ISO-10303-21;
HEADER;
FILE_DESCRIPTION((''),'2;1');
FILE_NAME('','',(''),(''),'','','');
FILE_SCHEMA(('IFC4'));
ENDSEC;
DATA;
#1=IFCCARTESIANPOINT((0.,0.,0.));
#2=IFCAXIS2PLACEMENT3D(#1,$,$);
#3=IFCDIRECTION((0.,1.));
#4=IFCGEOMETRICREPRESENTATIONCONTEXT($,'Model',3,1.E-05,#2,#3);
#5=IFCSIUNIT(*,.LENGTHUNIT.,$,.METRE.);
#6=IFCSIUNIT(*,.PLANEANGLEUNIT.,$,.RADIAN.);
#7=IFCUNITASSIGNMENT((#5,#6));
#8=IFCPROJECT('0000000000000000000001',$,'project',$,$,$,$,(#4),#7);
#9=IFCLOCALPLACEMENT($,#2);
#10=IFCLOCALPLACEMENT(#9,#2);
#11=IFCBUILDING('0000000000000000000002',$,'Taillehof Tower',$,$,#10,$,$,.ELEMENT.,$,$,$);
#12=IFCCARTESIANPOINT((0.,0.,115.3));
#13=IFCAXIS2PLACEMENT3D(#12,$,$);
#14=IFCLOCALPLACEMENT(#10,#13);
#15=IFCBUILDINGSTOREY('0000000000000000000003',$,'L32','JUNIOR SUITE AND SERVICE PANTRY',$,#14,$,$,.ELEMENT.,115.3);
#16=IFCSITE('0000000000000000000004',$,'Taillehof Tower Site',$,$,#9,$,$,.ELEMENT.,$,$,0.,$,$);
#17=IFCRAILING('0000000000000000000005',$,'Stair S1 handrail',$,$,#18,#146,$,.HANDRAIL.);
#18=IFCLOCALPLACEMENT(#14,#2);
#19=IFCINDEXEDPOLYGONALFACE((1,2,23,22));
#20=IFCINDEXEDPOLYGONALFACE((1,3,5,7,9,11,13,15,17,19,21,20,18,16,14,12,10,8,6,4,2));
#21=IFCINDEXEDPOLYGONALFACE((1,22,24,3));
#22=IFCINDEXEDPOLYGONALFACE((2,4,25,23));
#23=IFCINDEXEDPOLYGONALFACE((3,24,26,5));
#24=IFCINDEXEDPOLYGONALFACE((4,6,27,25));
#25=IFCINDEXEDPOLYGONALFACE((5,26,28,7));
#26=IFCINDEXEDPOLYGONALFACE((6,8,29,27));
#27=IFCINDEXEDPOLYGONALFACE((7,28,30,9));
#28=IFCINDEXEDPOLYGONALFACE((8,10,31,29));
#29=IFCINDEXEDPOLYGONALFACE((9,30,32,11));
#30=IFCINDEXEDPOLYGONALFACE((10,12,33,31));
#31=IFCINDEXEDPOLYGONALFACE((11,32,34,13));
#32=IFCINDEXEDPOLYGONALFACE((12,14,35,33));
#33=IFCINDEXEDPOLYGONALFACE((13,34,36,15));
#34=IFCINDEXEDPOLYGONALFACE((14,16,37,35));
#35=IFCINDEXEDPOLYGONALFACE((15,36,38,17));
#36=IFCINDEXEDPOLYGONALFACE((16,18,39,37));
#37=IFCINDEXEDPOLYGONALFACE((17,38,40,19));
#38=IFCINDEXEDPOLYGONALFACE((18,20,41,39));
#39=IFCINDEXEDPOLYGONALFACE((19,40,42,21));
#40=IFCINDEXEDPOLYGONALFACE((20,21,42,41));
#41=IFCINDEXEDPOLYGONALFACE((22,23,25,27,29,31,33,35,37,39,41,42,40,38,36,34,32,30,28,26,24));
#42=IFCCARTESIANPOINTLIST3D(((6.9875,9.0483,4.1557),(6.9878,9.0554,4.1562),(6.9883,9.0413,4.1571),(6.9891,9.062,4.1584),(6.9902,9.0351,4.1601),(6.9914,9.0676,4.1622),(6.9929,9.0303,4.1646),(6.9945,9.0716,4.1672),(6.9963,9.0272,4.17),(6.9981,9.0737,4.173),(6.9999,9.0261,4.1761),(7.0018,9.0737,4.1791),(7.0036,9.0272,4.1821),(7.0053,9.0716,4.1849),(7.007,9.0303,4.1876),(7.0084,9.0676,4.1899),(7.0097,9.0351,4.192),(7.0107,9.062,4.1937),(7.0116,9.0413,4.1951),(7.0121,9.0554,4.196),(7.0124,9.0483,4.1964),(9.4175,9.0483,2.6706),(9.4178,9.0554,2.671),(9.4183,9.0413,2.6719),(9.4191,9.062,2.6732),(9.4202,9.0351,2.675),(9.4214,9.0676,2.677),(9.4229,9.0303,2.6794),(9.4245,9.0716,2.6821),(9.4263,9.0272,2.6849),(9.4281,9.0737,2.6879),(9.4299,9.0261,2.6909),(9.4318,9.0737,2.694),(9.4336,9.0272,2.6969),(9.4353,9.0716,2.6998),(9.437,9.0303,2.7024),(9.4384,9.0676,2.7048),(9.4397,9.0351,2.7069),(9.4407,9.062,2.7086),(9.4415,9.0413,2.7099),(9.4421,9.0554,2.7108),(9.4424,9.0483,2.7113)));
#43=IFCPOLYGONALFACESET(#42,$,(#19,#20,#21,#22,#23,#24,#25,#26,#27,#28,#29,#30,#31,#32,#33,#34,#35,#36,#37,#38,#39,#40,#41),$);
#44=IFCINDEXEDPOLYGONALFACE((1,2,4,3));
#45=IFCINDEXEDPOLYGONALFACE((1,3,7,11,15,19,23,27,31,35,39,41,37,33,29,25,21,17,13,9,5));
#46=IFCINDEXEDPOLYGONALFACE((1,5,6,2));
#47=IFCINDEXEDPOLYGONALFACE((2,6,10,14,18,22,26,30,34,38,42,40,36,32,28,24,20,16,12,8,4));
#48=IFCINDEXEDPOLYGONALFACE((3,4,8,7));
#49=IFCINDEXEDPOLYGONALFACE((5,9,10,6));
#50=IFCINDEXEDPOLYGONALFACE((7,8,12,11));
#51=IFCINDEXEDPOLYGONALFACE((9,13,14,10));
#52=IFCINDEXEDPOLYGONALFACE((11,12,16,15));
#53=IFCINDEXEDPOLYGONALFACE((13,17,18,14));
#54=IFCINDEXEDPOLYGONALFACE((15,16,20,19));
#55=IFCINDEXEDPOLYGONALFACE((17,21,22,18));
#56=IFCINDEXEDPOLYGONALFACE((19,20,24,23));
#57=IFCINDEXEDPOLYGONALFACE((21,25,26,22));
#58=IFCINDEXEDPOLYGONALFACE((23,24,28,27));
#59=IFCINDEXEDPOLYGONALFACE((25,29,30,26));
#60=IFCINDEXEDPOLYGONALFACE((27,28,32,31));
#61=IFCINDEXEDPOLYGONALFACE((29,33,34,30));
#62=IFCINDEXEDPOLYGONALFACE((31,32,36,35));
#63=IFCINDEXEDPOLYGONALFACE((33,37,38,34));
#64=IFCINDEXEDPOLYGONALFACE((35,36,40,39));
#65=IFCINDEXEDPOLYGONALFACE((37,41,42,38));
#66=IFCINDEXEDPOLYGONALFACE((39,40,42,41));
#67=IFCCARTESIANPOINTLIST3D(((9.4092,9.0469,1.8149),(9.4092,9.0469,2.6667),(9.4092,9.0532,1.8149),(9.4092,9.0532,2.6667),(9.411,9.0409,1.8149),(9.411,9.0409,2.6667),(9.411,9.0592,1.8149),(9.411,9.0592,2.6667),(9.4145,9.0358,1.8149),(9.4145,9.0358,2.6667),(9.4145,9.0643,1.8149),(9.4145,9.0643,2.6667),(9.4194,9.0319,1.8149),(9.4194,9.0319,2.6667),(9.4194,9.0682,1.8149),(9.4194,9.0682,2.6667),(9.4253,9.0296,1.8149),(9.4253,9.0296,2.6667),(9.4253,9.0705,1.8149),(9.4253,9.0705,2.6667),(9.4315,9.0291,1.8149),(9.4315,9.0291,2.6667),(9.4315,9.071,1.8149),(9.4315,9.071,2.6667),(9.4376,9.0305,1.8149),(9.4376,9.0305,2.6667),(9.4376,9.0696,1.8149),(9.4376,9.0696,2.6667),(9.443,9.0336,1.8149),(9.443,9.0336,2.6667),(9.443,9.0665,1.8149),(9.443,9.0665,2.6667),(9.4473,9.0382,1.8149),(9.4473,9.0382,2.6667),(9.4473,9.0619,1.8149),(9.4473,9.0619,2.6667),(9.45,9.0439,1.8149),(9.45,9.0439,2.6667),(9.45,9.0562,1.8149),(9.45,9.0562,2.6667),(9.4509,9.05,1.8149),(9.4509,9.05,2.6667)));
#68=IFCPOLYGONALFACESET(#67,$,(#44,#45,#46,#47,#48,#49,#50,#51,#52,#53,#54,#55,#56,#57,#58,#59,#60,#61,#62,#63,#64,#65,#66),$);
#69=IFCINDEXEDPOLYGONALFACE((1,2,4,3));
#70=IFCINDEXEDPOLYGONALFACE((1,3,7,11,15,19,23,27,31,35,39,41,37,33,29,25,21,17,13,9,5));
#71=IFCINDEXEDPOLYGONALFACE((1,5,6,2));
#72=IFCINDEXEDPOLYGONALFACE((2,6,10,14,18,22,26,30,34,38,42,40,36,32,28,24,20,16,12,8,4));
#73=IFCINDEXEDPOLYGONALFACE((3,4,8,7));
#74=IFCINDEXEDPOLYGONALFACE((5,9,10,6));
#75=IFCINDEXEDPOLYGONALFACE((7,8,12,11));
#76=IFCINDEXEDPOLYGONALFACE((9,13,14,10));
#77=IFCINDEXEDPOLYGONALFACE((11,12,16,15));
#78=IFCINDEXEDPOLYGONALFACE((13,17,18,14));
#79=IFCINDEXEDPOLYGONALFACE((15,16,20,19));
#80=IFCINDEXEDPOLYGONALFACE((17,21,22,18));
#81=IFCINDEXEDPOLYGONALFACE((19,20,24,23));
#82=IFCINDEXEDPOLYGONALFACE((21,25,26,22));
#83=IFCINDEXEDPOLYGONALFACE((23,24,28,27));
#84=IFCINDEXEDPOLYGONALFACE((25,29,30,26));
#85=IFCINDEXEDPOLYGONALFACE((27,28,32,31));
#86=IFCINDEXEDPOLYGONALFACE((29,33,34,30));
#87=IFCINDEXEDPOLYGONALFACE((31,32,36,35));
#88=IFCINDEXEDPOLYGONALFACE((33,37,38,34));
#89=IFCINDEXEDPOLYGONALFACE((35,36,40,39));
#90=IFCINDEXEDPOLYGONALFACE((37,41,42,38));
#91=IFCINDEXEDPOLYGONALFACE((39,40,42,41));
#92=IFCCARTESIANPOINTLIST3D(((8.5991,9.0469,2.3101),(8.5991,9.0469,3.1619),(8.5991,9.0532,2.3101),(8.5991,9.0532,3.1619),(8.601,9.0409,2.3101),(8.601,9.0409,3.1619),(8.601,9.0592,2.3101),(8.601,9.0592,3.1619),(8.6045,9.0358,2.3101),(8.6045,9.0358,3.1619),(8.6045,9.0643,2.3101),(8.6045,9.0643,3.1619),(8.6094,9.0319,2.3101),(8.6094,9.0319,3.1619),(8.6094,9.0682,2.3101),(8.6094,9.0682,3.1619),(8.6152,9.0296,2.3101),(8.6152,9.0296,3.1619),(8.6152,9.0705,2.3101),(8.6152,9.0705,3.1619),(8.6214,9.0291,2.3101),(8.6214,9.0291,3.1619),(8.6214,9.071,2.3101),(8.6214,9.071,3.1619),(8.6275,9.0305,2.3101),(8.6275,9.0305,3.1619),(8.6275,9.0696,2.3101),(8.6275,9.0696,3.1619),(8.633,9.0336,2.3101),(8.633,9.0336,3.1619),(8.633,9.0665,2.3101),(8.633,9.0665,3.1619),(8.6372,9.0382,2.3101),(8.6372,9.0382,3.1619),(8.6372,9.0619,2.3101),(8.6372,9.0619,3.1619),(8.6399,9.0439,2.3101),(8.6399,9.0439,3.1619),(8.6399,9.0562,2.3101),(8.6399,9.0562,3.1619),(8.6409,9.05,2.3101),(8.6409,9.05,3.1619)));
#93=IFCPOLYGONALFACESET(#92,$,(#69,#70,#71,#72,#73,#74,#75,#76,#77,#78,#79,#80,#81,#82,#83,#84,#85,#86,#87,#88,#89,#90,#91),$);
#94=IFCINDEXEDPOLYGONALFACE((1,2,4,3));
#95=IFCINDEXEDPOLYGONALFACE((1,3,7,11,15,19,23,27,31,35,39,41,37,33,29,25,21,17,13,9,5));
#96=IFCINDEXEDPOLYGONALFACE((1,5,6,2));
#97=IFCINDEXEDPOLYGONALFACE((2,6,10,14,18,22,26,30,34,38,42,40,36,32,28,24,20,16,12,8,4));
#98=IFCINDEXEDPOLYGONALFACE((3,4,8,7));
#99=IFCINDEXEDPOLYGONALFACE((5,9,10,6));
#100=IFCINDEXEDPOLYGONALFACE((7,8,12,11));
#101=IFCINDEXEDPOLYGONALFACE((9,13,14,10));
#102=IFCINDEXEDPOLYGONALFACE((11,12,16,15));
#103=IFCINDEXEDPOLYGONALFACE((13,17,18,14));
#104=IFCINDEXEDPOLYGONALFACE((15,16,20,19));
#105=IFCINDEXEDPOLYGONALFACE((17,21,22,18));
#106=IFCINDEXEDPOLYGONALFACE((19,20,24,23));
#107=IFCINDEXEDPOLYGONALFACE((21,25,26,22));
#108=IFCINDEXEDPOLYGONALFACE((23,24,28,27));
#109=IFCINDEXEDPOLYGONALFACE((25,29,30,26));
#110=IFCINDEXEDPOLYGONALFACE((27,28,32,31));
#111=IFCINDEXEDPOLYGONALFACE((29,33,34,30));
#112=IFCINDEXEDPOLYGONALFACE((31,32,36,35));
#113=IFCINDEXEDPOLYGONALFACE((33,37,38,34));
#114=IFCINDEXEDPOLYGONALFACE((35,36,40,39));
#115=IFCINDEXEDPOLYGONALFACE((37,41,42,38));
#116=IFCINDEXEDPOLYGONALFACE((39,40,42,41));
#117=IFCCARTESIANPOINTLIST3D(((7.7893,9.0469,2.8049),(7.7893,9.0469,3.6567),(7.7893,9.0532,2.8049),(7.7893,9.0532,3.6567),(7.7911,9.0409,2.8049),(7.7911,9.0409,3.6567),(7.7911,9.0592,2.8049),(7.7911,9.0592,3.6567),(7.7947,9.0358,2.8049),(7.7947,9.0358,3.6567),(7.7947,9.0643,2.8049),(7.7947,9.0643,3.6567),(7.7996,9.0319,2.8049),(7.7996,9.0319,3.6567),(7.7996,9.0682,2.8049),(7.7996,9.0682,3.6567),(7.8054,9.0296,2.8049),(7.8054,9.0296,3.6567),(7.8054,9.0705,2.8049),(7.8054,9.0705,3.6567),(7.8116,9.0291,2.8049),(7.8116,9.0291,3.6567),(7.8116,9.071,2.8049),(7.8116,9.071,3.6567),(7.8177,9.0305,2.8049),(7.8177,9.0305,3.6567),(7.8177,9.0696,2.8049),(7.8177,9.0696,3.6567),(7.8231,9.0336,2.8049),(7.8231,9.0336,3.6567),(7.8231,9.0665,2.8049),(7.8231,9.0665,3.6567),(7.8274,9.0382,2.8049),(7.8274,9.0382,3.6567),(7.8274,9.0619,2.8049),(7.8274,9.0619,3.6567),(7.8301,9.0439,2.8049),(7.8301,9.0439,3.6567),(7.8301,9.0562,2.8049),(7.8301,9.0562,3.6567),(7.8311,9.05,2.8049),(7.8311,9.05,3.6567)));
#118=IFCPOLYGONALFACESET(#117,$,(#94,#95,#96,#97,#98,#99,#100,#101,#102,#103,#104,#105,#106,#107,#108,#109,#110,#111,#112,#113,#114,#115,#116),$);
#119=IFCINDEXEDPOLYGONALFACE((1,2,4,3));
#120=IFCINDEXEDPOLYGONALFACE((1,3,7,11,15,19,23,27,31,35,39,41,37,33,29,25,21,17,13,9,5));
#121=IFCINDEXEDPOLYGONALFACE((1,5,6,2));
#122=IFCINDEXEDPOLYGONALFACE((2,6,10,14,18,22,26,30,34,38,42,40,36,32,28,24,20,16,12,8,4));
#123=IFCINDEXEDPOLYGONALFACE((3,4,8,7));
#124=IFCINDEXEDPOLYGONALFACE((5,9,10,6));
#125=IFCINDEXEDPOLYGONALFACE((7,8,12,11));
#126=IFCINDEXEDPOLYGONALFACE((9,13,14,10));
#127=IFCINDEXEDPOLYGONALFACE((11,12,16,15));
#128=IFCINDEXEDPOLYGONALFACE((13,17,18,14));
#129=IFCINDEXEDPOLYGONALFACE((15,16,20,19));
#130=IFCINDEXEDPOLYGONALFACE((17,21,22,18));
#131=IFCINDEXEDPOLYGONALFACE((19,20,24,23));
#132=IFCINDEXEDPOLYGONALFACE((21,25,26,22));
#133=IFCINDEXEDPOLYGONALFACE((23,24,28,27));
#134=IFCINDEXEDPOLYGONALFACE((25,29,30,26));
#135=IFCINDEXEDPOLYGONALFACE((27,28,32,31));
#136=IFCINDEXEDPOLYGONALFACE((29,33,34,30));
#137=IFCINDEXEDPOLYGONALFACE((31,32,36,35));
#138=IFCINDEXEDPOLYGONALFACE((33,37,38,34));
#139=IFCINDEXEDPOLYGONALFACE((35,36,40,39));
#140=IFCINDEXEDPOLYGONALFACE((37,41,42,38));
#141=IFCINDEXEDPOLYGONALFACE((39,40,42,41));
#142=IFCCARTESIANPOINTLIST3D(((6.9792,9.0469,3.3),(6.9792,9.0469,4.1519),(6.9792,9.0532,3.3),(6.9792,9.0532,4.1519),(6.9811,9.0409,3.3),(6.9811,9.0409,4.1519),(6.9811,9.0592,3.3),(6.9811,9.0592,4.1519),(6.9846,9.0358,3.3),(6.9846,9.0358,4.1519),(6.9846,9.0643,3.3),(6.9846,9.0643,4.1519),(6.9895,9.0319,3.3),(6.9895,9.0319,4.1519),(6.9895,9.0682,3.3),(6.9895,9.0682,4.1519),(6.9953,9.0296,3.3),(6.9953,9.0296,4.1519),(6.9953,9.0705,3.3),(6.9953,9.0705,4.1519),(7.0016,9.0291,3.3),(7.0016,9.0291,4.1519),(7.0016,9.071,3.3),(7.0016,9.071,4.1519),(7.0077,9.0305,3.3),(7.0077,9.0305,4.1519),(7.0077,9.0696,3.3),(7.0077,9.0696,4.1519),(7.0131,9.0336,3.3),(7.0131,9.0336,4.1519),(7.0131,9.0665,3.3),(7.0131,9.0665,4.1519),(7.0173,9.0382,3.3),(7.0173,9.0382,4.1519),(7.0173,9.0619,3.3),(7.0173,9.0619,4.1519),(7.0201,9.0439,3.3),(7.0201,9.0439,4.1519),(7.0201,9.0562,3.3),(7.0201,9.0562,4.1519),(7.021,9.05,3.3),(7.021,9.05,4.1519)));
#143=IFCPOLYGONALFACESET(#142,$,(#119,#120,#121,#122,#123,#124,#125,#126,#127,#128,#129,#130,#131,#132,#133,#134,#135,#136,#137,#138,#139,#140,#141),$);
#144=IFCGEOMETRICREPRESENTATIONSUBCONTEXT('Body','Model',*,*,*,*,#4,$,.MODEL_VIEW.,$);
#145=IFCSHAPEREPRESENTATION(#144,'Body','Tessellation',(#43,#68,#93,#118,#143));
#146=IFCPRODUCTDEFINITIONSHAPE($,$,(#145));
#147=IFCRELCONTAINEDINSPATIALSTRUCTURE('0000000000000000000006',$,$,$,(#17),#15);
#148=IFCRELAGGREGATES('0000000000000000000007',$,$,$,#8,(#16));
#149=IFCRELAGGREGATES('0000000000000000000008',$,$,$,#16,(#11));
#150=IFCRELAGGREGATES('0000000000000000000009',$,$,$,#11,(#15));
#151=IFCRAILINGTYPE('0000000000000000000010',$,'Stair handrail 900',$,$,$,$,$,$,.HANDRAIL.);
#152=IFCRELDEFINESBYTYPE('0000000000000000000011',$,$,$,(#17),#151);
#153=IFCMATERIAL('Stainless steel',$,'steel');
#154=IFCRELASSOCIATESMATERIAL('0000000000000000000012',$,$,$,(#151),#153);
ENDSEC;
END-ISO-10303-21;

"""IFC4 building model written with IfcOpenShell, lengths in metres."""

from ifc_helpers import new_model, si_unit, direction, frame, origin, origin_2d, place, context, subcontext, project, spatial, circle, extrude, material, type_object, element, save


model = new_model("IFC4")

# Units and contexts
model_context = context("Model", 3, precision=1e-05, world=origin(), true_north=direction((0.0, 1.0)))
body_context = subcontext(model_context, "Body", "Model", "MODEL_VIEW")
ifc_project = project(units=[si_unit("LENGTHUNIT", "METRE"), si_unit("PLANEANGLEUNIT", "RADIAN")], contexts=[model_context])

# Site, building, storey
site_placement = place(None, origin())
site = spatial("IfcSite", under=ifc_project, at=site_placement, Name="Taillehof Tower Site", CompositionType="ELEMENT", RefElevation=0.0)
building_placement = place(site_placement, origin())
building = spatial("IfcBuilding", under=site, at=building_placement, Name="Taillehof Tower", CompositionType="ELEMENT")
storey_placement = place(building_placement, frame((0.0, 0.0, 115.3)))
storey = spatial("IfcBuildingStorey", under=building, at=storey_placement, Name="L32", Description="JUNIOR SUITE AND SERVICE PANTRY", CompositionType="ELEMENT", Elevation=115.3)

# Railing
ifc_material_1 = material(Name="Stainless steel", Category="steel")
railing_type = type_object("IfcRailingType", Name="Stair handrail 900", PredefinedType="HANDRAIL", material=ifc_material_1)
railing_placement = place(storey_placement, frame((9.4299, 9.05, 1.8149)))
element("IfcRailing", 1, at=railing_placement, inside=storey, type_object=railing_type, Name="Stair S1 handrail", PredefinedType="HANDRAIL", context=body_context, shape_type="SweptSolid", body=[
    extrude(circle(Radius=0.0239, at=origin_2d()), frame((0.0, 0.0, 0.876), z_axis=(-0.853259, 0.0, 0.521488), x_axis=(0.0, -1.0, 0.0)), (0.0, 0.0, 1.0), 2.8479),
    extrude(circle(Radius=0.021, at=origin_2d()), origin(), (0.0, 0.0, 1.0), 0.8518),
    extrude(circle(Radius=0.021, at=origin_2d()), frame((-0.8101, 0.0, 0.4951)), (0.0, 0.0, 1.0), 0.8518),
    extrude(circle(Radius=0.021, at=origin_2d()), frame((-1.6199, 0.0, 0.99)), (0.0, 0.0, 1.0), 0.8518),
    extrude(circle(Radius=0.021, at=origin_2d()), frame((-2.4299, 0.0, 1.4851)), (0.0, 0.0, 1.0), 0.8518),
])

save(model, "model.ifc")
